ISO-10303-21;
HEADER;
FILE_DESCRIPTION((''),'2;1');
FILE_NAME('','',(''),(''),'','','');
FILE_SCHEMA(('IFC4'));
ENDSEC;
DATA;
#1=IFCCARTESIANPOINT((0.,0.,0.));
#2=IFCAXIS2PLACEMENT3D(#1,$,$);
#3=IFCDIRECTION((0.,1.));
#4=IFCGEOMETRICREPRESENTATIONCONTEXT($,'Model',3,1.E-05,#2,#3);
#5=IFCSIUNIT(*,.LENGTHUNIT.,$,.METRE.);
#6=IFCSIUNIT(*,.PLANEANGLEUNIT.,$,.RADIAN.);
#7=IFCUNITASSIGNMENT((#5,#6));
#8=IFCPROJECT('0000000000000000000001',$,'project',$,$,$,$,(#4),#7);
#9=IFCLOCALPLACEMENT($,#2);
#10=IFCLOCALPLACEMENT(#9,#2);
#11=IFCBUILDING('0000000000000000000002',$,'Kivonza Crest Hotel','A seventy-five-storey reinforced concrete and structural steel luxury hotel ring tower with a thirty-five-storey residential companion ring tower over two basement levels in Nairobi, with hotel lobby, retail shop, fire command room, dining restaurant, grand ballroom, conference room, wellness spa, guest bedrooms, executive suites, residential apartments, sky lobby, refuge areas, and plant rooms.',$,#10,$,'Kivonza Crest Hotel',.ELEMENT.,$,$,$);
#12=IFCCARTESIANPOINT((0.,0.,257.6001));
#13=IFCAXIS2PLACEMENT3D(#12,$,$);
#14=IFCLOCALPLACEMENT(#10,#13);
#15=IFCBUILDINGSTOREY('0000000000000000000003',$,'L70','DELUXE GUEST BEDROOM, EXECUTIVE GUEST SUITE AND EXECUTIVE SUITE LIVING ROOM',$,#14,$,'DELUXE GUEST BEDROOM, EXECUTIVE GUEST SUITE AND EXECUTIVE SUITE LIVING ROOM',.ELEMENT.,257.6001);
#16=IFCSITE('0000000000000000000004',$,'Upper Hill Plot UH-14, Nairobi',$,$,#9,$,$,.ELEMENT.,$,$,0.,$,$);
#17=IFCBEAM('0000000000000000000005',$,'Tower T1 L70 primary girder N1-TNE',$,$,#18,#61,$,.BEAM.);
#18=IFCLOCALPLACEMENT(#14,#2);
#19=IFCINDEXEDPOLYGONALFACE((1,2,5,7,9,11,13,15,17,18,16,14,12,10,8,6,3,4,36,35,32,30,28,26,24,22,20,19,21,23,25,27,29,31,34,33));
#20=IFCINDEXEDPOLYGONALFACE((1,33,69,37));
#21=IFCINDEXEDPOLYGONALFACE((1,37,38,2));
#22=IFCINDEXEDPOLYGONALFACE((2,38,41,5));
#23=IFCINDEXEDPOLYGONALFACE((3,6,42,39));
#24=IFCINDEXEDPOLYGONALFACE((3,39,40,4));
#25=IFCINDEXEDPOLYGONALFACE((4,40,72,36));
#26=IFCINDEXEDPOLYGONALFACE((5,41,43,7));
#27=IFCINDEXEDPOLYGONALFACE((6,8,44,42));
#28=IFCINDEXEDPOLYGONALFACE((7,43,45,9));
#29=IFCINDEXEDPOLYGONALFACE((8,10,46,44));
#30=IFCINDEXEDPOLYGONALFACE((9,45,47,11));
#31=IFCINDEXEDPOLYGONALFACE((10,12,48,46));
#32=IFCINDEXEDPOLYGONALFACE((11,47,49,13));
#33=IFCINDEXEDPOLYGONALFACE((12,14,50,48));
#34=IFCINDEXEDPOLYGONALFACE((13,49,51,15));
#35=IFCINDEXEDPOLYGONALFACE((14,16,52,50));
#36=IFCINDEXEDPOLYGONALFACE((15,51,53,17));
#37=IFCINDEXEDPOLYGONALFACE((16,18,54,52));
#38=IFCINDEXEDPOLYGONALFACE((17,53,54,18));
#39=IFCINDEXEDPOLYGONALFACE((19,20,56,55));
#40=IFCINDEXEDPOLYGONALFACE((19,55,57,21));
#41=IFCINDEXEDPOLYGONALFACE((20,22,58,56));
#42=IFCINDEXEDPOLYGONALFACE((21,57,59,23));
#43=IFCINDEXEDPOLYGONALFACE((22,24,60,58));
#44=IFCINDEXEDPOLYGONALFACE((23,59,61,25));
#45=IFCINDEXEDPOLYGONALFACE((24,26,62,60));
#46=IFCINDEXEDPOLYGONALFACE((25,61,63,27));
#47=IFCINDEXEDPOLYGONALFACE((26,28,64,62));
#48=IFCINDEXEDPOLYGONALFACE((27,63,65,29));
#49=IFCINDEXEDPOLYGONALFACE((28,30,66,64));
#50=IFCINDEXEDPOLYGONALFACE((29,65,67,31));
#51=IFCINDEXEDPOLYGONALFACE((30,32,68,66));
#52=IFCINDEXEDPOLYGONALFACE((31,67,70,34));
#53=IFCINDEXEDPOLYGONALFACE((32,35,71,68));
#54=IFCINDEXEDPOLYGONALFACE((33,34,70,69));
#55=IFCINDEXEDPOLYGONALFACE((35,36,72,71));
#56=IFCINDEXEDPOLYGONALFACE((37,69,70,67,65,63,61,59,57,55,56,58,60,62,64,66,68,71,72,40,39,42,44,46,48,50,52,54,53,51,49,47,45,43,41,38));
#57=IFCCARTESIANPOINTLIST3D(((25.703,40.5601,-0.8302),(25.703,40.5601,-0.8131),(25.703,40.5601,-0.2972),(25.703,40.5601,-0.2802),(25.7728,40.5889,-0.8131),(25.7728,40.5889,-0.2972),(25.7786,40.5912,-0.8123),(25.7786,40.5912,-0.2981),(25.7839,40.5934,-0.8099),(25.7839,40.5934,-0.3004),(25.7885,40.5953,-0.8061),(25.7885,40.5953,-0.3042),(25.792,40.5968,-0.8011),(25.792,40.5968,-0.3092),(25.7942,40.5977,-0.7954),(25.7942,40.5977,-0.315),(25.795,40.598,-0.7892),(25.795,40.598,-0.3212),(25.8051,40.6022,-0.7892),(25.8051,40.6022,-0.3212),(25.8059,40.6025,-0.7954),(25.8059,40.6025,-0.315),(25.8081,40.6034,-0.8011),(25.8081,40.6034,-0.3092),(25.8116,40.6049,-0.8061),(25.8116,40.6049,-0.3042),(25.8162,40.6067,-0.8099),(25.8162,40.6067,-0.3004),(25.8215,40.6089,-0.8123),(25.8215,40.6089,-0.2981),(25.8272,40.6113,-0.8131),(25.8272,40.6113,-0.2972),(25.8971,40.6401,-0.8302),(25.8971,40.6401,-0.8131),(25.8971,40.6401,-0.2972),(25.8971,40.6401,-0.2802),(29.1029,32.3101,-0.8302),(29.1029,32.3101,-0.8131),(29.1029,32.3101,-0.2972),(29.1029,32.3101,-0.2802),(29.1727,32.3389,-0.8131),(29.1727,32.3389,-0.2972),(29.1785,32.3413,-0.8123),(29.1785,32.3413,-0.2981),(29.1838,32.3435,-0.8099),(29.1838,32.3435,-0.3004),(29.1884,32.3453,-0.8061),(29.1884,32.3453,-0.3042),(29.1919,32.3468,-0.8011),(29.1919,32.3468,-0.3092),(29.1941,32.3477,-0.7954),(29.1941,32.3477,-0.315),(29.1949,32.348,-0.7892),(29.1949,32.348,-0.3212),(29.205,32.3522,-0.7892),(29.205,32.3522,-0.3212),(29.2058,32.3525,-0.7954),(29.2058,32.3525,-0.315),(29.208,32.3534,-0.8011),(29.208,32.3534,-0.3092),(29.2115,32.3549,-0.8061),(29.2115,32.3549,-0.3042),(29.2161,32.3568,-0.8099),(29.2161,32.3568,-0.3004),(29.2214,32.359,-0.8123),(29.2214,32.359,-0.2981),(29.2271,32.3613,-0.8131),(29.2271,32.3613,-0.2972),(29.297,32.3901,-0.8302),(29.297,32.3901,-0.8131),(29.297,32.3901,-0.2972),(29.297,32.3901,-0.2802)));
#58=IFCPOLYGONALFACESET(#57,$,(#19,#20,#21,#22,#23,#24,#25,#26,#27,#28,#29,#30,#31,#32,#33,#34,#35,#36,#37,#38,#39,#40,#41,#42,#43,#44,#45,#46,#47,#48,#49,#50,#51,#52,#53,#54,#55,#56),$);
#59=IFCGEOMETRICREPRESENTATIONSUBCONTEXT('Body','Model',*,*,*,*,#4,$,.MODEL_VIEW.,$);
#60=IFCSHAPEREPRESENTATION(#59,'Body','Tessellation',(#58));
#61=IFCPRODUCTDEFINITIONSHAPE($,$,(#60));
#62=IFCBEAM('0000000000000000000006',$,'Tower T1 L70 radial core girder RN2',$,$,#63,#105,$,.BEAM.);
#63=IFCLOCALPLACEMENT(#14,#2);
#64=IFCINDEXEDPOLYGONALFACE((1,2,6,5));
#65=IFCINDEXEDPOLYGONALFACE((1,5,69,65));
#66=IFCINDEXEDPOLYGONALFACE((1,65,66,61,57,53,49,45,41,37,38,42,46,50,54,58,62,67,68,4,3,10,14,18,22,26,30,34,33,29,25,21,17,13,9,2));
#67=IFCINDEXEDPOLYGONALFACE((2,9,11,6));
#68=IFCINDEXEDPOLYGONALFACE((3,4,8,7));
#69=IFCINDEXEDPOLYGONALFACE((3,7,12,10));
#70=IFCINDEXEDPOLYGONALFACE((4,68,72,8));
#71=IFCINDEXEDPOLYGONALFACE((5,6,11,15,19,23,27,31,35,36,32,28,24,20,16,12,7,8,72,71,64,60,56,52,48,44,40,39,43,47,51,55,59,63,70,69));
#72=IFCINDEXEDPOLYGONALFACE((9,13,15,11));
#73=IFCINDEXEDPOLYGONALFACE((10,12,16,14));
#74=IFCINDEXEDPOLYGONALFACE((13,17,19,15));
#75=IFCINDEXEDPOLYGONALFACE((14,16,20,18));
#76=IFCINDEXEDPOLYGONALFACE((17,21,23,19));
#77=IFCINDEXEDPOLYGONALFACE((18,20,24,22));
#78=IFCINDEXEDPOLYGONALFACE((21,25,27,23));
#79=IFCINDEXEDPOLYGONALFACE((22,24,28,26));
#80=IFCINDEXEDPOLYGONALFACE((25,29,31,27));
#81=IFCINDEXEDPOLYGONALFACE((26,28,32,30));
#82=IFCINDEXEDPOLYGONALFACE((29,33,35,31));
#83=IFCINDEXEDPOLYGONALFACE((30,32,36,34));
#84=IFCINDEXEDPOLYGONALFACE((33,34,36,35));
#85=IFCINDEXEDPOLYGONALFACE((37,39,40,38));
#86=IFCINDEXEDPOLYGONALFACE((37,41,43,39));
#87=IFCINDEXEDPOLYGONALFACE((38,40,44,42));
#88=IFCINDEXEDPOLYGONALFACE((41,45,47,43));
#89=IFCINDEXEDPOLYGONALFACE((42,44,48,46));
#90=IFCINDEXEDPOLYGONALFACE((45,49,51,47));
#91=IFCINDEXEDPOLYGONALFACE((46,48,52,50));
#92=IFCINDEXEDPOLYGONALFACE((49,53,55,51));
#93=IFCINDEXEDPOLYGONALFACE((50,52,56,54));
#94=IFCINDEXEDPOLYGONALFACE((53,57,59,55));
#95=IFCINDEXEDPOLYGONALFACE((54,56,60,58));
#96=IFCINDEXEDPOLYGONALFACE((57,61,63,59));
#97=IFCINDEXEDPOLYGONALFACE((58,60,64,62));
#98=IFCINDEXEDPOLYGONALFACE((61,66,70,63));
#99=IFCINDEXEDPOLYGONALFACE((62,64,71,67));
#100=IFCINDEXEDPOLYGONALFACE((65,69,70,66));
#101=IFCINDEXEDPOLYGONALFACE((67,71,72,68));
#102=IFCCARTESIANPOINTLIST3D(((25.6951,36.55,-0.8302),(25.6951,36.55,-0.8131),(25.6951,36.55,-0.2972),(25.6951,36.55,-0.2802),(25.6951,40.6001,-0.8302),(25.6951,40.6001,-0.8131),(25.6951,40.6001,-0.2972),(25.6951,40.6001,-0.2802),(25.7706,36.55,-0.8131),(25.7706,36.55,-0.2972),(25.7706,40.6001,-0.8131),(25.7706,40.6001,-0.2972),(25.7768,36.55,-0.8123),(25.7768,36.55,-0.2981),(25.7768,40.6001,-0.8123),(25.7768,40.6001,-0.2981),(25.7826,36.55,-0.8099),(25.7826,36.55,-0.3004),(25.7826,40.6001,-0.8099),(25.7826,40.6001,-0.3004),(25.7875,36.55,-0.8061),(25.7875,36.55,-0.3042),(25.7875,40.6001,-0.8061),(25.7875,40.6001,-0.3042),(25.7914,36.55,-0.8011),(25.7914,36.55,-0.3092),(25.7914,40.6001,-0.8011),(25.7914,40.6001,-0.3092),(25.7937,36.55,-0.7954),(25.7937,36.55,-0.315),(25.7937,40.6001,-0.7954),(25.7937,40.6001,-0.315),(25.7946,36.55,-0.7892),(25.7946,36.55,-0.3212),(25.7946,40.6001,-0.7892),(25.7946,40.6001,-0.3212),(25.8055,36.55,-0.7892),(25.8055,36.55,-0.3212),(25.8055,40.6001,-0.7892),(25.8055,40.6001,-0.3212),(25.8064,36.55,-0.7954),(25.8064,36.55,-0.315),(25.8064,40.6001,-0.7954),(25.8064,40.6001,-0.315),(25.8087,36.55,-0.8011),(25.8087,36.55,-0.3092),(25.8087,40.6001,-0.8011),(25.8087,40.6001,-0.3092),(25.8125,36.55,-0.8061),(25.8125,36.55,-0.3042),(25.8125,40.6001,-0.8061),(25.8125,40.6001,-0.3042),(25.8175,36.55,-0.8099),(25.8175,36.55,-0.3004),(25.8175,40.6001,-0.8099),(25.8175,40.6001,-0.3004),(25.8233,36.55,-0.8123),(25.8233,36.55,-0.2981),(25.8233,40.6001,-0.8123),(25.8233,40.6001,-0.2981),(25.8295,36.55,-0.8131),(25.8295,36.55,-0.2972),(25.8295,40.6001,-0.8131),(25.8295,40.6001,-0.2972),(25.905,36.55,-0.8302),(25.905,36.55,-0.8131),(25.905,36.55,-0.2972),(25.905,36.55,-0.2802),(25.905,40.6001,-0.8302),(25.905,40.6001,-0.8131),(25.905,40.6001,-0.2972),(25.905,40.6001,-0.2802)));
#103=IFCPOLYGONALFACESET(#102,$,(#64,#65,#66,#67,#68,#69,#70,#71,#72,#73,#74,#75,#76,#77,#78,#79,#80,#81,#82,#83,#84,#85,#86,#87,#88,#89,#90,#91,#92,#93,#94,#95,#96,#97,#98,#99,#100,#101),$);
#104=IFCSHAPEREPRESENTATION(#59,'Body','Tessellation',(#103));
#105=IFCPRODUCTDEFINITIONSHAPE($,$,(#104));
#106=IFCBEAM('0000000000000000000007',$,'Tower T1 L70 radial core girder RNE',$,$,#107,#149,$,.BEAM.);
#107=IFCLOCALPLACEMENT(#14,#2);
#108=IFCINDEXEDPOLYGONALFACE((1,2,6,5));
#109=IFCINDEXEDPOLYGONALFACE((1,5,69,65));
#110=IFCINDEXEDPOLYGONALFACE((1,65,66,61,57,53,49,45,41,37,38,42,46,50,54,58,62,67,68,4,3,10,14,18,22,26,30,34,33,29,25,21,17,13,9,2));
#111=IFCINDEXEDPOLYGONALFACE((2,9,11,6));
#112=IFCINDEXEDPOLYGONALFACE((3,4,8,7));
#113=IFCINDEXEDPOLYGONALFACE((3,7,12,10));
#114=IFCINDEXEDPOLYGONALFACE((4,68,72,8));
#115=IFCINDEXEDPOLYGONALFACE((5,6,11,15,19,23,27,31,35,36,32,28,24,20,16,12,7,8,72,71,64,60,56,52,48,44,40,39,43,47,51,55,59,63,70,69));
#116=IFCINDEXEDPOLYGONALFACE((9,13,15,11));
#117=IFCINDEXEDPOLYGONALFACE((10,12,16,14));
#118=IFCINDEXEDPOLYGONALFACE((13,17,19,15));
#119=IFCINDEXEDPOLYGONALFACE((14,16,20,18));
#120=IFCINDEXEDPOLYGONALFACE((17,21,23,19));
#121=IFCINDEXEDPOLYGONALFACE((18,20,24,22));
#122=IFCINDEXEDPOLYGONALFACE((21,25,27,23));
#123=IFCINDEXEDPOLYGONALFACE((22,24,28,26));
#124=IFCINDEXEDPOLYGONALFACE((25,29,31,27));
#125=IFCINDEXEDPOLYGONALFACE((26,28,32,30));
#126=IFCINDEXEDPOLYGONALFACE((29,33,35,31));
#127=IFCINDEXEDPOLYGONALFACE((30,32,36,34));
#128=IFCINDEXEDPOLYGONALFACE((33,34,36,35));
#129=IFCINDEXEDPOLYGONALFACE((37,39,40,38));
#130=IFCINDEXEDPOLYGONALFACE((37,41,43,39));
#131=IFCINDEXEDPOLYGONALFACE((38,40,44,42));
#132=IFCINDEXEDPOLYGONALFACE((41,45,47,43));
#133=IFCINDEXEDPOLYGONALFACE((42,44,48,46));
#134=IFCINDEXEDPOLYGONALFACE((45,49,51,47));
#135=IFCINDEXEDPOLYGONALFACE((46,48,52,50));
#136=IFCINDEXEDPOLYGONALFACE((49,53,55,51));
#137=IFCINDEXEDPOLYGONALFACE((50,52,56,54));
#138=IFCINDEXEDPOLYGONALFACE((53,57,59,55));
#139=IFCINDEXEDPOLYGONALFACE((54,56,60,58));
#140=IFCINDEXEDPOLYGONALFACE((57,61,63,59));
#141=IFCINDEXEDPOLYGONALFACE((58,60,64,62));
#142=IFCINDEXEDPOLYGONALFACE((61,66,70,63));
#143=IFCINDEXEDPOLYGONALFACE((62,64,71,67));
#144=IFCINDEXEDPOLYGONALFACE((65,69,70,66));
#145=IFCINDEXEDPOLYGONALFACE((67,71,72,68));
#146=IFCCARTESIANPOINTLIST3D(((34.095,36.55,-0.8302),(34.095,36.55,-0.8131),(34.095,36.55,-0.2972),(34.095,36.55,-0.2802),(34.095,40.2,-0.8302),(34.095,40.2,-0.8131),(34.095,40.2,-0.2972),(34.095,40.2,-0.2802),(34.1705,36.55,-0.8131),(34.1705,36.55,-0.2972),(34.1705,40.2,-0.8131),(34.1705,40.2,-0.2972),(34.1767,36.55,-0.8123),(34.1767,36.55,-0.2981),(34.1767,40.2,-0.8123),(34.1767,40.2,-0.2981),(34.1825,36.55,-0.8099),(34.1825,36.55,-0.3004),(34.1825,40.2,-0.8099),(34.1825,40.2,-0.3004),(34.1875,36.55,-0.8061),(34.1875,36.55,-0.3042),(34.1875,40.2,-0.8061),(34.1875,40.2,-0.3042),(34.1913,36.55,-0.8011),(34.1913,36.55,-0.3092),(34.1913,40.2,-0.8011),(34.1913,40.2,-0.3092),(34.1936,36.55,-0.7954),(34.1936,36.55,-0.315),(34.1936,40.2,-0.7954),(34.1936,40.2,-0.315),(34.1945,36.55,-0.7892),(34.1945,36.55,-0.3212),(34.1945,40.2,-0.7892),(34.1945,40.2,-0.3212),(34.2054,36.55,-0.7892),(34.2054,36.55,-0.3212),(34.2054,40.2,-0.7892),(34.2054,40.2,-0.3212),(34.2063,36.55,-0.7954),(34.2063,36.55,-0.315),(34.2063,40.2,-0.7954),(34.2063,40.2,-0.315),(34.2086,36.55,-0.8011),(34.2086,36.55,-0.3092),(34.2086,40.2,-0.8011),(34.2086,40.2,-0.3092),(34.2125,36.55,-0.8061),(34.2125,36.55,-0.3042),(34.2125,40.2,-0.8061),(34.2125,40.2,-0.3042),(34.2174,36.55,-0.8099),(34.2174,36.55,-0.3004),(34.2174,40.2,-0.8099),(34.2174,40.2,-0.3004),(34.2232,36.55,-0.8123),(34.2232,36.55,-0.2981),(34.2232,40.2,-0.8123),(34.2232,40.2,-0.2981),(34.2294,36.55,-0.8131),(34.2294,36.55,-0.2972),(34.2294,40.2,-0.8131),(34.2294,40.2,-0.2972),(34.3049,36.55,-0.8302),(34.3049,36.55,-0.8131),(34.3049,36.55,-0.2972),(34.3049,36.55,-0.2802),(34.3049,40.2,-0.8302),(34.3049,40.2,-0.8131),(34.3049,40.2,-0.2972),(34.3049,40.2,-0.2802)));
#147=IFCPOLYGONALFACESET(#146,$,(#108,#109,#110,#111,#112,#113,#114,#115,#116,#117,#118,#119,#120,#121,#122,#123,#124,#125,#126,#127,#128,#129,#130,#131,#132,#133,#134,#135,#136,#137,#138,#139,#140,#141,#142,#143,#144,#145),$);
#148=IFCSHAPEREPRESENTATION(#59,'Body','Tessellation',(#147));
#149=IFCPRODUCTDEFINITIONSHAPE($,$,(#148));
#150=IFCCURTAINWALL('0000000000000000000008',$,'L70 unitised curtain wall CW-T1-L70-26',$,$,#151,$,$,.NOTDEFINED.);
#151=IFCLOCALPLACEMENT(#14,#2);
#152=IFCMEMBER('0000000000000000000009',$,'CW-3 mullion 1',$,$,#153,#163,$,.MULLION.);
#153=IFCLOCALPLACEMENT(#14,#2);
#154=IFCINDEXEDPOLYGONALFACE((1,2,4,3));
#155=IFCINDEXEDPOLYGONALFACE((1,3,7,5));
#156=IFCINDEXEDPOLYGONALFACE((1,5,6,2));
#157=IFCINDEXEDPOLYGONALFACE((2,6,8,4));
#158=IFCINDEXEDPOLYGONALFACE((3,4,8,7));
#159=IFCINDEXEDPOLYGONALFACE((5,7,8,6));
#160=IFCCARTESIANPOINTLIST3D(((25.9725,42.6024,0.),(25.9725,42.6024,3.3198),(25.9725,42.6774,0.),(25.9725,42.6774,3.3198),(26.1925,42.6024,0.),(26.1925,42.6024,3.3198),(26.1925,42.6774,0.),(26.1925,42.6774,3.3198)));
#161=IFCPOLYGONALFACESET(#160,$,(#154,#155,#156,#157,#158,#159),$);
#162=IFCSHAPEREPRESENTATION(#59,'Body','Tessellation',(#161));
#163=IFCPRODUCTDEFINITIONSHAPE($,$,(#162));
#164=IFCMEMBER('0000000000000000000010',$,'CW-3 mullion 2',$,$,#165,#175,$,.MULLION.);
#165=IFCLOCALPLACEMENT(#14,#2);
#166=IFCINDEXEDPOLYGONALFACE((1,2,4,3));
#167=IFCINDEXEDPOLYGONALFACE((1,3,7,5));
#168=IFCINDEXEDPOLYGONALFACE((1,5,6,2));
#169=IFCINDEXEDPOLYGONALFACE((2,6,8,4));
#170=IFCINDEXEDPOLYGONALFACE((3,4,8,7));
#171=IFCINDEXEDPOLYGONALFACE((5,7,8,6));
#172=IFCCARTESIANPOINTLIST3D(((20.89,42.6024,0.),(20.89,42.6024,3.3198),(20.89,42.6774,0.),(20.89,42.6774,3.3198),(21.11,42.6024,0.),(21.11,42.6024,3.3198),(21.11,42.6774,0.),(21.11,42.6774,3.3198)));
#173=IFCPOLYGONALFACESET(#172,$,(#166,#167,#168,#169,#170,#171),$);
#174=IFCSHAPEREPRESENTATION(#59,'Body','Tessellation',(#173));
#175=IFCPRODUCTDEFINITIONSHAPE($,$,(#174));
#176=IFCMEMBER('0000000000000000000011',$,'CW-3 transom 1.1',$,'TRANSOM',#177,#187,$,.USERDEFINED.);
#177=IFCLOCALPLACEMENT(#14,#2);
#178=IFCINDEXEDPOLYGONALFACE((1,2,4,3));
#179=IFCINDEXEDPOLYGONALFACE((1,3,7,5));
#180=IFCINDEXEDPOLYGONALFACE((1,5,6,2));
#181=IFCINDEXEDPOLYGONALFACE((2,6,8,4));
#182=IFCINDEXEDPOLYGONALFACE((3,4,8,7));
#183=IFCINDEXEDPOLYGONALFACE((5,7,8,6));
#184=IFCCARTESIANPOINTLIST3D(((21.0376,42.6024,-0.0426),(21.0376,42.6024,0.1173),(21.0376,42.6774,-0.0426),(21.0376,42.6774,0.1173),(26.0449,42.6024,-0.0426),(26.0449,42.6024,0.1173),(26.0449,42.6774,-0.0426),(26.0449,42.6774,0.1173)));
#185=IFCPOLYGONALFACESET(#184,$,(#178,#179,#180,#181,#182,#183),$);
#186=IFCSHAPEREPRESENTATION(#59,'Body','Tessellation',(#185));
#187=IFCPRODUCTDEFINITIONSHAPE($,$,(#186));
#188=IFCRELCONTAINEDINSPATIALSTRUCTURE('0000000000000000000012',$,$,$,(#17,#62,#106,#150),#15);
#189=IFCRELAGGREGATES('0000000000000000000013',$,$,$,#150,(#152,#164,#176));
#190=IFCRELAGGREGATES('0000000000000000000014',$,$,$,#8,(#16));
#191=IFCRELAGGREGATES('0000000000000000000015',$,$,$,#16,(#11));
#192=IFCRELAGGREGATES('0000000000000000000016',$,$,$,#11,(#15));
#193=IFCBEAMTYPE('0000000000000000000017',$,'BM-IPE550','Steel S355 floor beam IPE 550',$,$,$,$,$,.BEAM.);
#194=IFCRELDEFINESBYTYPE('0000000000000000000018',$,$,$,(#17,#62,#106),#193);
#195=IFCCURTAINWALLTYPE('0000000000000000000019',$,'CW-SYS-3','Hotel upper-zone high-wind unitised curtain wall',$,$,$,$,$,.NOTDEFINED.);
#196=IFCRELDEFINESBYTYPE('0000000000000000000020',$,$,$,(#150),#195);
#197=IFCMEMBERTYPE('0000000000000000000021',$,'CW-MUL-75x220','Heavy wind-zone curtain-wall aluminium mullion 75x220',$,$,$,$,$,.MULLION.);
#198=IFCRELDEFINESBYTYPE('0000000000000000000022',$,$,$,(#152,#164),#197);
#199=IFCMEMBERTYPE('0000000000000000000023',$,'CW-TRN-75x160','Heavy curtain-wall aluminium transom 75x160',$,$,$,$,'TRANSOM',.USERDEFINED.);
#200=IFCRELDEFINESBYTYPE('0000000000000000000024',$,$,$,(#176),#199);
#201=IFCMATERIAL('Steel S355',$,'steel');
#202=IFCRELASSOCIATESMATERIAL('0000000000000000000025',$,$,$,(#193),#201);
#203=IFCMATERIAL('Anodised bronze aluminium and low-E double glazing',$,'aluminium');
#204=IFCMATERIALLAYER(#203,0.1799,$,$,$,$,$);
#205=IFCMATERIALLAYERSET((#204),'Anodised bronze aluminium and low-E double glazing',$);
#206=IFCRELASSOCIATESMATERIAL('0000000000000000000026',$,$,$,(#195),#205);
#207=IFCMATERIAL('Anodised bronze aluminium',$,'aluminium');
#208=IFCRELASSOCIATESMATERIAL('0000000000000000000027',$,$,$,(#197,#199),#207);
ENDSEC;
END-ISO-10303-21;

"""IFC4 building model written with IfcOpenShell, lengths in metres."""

from ifc_helpers import new_model, si_unit, direction, frame, origin, origin_2d, place, context, subcontext, project, spatial, rectangle, i_section, extrude, material, layer, layer_set, material_profile, profile_set, type_object, element, aggregate, save


model = new_model("IFC4")

# Units and contexts
model_context = context("Model", 3, precision=1e-05, world=origin(), true_north=direction((0.0, 1.0)))
body_context = subcontext(model_context, "Body", "Model", "MODEL_VIEW")
ifc_project = project(units=[si_unit("LENGTHUNIT", "METRE"), si_unit("PLANEANGLEUNIT", "RADIAN")], contexts=[model_context])

# Site, building, storey
site_placement = place(None, origin())
site = spatial("IfcSite", under=ifc_project, at=site_placement, Name="Upper Hill Plot UH-14, Nairobi", CompositionType="ELEMENT", RefElevation=0.0)
building_placement = place(site_placement, origin())
building = spatial("IfcBuilding", under=site, at=building_placement, Name="Kivonza Crest Hotel", Description="A seventy-five-storey reinforced concrete and structural steel luxury hotel ring tower with a thirty-five-storey residential companion ring tower over two basement levels in Nairobi, with hotel lobby, retail shop, fire command room, dining restaurant, grand ballroom, conference room, wellness spa, guest bedrooms, executive suites, residential apartments, sky lobby, refuge areas, and plant rooms.", LongName="Kivonza Crest Hotel", CompositionType="ELEMENT")
storey_placement = place(building_placement, frame((0.0, 0.0, 257.6001)))
storey = spatial("IfcBuildingStorey", under=building, at=storey_placement, Name="L70", Description="DELUXE GUEST BEDROOM, EXECUTIVE GUEST SUITE AND EXECUTIVE SUITE LIVING ROOM", LongName="DELUXE GUEST BEDROOM, EXECUTIVE GUEST SUITE AND EXECUTIVE SUITE LIVING ROOM", CompositionType="ELEMENT", Elevation=257.6001)

# Beams
ifc_material_1 = material(Name="Steel S355", Category="steel")
ifc_material_profile_1 = material_profile(ifc_material_1, i_section(OverallWidth=0.21, OverallDepth=0.55, WebThickness=0.011, FlangeThickness=0.0171, FilletRadius=0.0239, at=origin_2d()), Name="IPE 550")
ifc_profile_set_1 = profile_set([ifc_material_profile_1], Name="Steel S355")
beam_type_1 = type_object("IfcBeamType", Name="BM-IPE550", Description="Steel S355 floor beam IPE 550", PredefinedType="BEAM", material=ifc_profile_set_1)
beam_1_placement = place(storey_placement, frame((25.8, 40.6001, -0.5552), z_axis=(0.381022, -0.924566, 0.0), x_axis=(0.924566, 0.381022, 0.0)))
element("IfcBeam", 1, at=beam_1_placement, inside=storey, type_object=beam_type_1, Name="Tower T1 L70 primary girder N1-TNE", PredefinedType="BEAM", context=body_context, shape_type="SweptSolid", body=[
    extrude(i_section(OverallWidth=0.21, OverallDepth=0.55, WebThickness=0.011, FlangeThickness=0.0171, FilletRadius=0.0239, at=origin_2d()), origin(), (0.0, 0.0, 1.0), 8.9231),
])
beam_2_placement = place(storey_placement, frame((25.8, 40.6001, -0.5552), z_axis=(0.0, -1.0, 0.0), x_axis=(1.0, 0.0, 0.0)))
element("IfcBeam", 2, at=beam_2_placement, inside=storey, type_object=beam_type_1, Name="Tower T1 L70 radial core girder RN2", PredefinedType="BEAM", context=body_context, shape_type="SweptSolid", body=[
    extrude(i_section(OverallWidth=0.21, OverallDepth=0.55, WebThickness=0.011, FlangeThickness=0.0171, FilletRadius=0.0239, at=origin_2d()), origin(), (0.0, 0.0, 1.0), 4.05),
])
beam_3_placement = place(storey_placement, frame((34.2, 40.2, -0.5552), z_axis=(0.0, -1.0, 0.0), x_axis=(1.0, 0.0, 0.0)))
element("IfcBeam", 3, at=beam_3_placement, inside=storey, type_object=beam_type_1, Name="Tower T1 L70 radial core girder RNE", PredefinedType="BEAM", context=body_context, shape_type="SweptSolid", body=[
    extrude(i_section(OverallWidth=0.21, OverallDepth=0.55, WebThickness=0.011, FlangeThickness=0.0171, FilletRadius=0.0239, at=origin_2d()), origin(), (0.0, 0.0, 1.0), 3.6499),
])

# Curtain wall, members
ifc_material_2 = material(Name="Anodised bronze aluminium and low-E double glazing", Category="aluminium")
ifc_layer_1 = layer(ifc_material_2, 0.1799)
ifc_layer_set_1 = layer_set([ifc_layer_1], Name="Anodised bronze aluminium and low-E double glazing")
curtain_wall_type = type_object("IfcCurtainWallType", Name="CW-SYS-3", Description="Hotel upper-zone high-wind unitised curtain wall", PredefinedType="NOTDEFINED", material=ifc_layer_set_1)
curtain_wall_placement = place(storey_placement, origin())
curtain_wall = element("IfcCurtainWall", 4, at=curtain_wall_placement, inside=storey, type_object=curtain_wall_type, Name="L70 unitised curtain wall CW-T1-L70-26", PredefinedType="NOTDEFINED")
ifc_material_3 = material(Name="Anodised bronze aluminium", Category="aluminium")
ifc_material_profile_2 = material_profile(ifc_material_3, rectangle(XDim=0.075, YDim=0.22, at=origin_2d()), Name="CW-M 75x220")
ifc_profile_set_2 = profile_set([ifc_material_profile_2], Name="Anodised bronze aluminium")
member_type_1 = type_object("IfcMemberType", Name="CW-MUL-75x220", Description="Heavy wind-zone curtain-wall aluminium mullion 75x220", PredefinedType="MULLION", material=ifc_profile_set_2)
member_1_placement = place(storey_placement, frame((26.0825, 42.6399, 0.0), z_axis=(0.0, 0.0, 1.0), x_axis=(0.0, -1.0, 0.0)))
member_1 = element("IfcMember", 5, at=member_1_placement, type_object=member_type_1, Name="CW-3 mullion 1", PredefinedType="MULLION", context=body_context, shape_type="SweptSolid", body=[
    extrude(rectangle(XDim=0.075, YDim=0.22, at=origin_2d()), origin(), (0.0, 0.0, 1.0), 3.3198),
])
member_2_placement = place(storey_placement, frame((21.0, 42.6399, 0.0), z_axis=(0.0, 0.0, 1.0), x_axis=(0.0, -1.0, 0.0)))
member_2 = element("IfcMember", 6, at=member_2_placement, type_object=member_type_1, Name="CW-3 mullion 2", PredefinedType="MULLION", context=body_context, shape_type="SweptSolid", body=[
    extrude(rectangle(XDim=0.075, YDim=0.22, at=origin_2d()), origin(), (0.0, 0.0, 1.0), 3.3198),
])
ifc_material_profile_3 = material_profile(ifc_material_3, rectangle(XDim=0.075, YDim=0.1599, at=origin_2d()), Name="CW-T 75x160")
ifc_profile_set_3 = profile_set([ifc_material_profile_3], Name="Anodised bronze aluminium")
member_type_2 = type_object("IfcMemberType", Name="CW-TRN-75x160", Description="Heavy curtain-wall aluminium transom 75x160", ElementType="TRANSOM", PredefinedType="USERDEFINED", material=ifc_profile_set_3)
member_3_placement = place(storey_placement, frame((26.0449, 42.6399, 0.0374), z_axis=(-1.0, 0.0, 0.0), x_axis=(0.0, -1.0, 0.0)))
member_3 = element("IfcMember", 7, at=member_3_placement, type_object=member_type_2, Name="CW-3 transom 1.1", ObjectType="TRANSOM", PredefinedType="USERDEFINED", context=body_context, shape_type="SweptSolid", body=[
    extrude(rectangle(XDim=0.075, YDim=0.1599, at=origin_2d()), origin(), (0.0, 0.0, 1.0), 5.0073),
])
aggregate(curtain_wall, [member_1, member_2, member_3])

save(model, "model.ifc")
